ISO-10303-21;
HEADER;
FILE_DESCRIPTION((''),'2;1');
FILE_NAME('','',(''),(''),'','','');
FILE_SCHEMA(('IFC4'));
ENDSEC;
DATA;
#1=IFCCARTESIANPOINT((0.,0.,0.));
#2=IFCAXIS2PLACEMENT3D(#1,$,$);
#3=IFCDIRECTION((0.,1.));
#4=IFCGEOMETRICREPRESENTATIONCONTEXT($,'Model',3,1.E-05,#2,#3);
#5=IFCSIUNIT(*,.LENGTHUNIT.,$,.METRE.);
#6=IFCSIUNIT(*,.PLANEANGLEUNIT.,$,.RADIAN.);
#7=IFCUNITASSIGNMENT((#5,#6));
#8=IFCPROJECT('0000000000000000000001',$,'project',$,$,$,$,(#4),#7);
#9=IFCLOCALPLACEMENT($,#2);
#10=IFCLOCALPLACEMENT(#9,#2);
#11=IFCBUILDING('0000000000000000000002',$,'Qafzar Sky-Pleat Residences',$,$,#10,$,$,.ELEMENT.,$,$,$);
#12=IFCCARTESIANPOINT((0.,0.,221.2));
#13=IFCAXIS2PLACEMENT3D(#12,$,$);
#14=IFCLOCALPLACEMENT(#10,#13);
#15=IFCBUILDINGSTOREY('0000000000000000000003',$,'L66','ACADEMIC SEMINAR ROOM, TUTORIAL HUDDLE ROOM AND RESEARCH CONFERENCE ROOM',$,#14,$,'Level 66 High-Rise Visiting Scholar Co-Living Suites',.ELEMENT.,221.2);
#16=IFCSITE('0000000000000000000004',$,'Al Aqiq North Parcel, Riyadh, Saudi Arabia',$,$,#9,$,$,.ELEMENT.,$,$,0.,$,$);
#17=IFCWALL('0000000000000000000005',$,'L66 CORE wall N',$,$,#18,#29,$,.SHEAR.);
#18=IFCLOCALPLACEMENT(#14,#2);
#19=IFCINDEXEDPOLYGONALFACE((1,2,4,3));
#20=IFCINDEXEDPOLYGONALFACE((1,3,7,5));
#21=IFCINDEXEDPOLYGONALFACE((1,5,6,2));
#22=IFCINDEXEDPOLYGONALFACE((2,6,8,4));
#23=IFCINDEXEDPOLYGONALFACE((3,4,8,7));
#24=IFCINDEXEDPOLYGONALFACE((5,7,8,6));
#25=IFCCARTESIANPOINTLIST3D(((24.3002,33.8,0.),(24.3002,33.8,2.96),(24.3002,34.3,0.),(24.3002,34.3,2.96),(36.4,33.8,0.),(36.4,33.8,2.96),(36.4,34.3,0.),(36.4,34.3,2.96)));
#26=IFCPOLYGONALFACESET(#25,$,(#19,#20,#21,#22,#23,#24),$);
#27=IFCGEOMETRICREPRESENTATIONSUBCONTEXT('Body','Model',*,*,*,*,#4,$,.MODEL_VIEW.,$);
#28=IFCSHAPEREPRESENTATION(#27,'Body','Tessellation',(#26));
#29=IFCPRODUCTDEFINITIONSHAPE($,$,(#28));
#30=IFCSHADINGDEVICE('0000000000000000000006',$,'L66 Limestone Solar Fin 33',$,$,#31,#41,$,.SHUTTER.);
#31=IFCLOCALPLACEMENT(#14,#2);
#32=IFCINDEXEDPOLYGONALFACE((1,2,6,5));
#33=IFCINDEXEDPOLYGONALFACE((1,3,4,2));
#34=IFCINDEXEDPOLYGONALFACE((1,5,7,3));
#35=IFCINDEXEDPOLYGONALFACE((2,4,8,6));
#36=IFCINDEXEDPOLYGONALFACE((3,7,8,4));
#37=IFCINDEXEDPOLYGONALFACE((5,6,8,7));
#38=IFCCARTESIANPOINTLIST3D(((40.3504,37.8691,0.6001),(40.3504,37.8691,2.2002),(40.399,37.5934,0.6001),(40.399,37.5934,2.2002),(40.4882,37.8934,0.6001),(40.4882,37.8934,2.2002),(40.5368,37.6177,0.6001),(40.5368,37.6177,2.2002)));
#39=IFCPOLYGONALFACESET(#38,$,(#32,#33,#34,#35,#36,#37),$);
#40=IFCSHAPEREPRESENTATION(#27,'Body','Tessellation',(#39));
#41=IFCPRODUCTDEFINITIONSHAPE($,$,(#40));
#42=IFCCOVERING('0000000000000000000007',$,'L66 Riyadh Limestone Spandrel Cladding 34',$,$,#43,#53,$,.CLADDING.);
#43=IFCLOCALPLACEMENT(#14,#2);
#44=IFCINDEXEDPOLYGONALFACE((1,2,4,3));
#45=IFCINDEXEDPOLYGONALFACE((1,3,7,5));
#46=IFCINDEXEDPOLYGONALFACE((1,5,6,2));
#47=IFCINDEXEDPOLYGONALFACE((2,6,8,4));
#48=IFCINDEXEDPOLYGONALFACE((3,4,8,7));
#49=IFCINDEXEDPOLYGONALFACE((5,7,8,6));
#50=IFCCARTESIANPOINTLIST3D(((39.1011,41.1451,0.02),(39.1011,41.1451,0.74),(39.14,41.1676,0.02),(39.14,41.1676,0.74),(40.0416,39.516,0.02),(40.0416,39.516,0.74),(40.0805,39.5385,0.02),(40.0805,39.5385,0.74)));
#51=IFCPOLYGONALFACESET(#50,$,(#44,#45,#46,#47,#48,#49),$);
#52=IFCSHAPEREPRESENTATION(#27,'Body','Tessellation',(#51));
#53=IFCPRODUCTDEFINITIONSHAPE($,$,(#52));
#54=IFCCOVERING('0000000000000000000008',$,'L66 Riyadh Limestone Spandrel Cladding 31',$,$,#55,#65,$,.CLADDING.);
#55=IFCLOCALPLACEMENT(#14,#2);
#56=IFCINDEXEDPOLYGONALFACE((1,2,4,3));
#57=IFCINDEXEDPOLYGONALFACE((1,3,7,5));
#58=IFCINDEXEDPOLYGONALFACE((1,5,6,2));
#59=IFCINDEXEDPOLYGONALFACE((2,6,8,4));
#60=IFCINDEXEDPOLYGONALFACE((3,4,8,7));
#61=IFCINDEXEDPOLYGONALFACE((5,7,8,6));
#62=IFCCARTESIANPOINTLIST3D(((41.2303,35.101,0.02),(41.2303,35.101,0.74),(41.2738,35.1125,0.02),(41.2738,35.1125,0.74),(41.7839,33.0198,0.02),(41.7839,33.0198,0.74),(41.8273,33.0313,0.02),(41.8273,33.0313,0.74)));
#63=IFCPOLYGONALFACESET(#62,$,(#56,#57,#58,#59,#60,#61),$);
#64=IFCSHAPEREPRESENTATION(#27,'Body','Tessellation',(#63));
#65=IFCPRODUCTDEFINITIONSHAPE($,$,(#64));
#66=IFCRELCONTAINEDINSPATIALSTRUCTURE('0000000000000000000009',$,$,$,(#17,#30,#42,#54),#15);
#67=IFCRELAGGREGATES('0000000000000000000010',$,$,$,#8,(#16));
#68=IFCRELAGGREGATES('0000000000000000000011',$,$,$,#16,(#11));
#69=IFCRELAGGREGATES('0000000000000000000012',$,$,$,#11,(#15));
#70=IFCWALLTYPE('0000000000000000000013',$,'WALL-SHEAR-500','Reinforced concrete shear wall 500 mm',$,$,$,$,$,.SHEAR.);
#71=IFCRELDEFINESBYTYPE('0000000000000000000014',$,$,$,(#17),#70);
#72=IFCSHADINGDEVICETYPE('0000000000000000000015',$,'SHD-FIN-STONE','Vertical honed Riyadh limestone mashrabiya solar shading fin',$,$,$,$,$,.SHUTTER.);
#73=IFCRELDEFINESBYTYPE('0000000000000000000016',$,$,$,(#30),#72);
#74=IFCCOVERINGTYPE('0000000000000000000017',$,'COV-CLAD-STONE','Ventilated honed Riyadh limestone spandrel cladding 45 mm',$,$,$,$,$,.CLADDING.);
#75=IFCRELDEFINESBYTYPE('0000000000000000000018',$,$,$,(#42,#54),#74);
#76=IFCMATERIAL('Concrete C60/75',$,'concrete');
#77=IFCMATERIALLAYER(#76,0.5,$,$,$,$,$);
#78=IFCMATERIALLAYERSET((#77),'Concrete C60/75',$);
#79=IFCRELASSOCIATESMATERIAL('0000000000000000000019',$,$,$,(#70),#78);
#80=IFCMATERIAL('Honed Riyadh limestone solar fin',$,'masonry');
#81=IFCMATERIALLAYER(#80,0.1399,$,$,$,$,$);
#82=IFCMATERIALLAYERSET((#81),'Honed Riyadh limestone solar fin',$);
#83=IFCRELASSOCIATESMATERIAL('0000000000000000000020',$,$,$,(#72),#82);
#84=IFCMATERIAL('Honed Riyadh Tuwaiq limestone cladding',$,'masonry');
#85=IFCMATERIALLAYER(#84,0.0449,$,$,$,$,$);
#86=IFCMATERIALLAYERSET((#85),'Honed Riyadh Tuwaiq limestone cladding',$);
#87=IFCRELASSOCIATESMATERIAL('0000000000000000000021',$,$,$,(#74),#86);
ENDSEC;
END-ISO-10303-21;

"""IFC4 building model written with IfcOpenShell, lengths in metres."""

from ifc_helpers import new_model, si_unit, direction, frame, frame_2d, origin, origin_2d, place, context, subcontext, project, spatial, rectangle, extrude, source, transform, mapped, material, layer, layer_set, type_object, element, save


model = new_model("IFC4")

# Units and contexts
model_context = context("Model", 3, precision=1e-05, world=origin(), true_north=direction((0.0, 1.0)))
body_context = subcontext(model_context, "Body", "Model", "MODEL_VIEW")
ifc_project = project(units=[si_unit("LENGTHUNIT", "METRE"), si_unit("PLANEANGLEUNIT", "RADIAN")], contexts=[model_context])

# Site, building, storey
site_placement = place(None, origin())
site = spatial("IfcSite", under=ifc_project, at=site_placement, Name="Al Aqiq North Parcel, Riyadh, Saudi Arabia", CompositionType="ELEMENT", RefElevation=0.0)
building_placement = place(site_placement, origin())
building = spatial("IfcBuilding", under=site, at=building_placement, Name="Qafzar Sky-Pleat Residences", CompositionType="ELEMENT")
storey_placement = place(building_placement, frame((0.0, 0.0, 221.2)))
storey = spatial("IfcBuildingStorey", under=building, at=storey_placement, Name="L66", Description="ACADEMIC SEMINAR ROOM, TUTORIAL HUDDLE ROOM AND RESEARCH CONFERENCE ROOM", LongName="Level 66 High-Rise Visiting Scholar Co-Living Suites", CompositionType="ELEMENT", Elevation=221.2)

# Wall
ifc_material_1 = material(Name="Concrete C60/75", Category="concrete")
ifc_layer_1 = layer(ifc_material_1, 0.5)
ifc_layer_set_1 = layer_set([ifc_layer_1], Name="Concrete C60/75")
wall_type_1 = type_object("IfcWallType", Name="WALL-SHEAR-500", Description="Reinforced concrete shear wall 500 mm", PredefinedType="SHEAR", material=ifc_layer_set_1)
wall_1_placement = place(storey_placement, frame((36.3999, 34.05, 0.0), z_axis=(0.0, 0.0, 1.0), x_axis=(-1.0, 0.0, 0.0)))
element("IfcWall", 1, at=wall_1_placement, inside=storey, type_object=wall_type_1, Name="L66 CORE wall N", PredefinedType="SHEAR", context=body_context, shape_type="SweptSolid", body=[
    extrude(rectangle(XDim=12.0999, YDim=0.5, at=frame_2d((6.0498, 0.0))), origin(), (0.0, 0.0, 1.0), 2.96),
])

# Shading device
ifc_material_2 = material(Name="Honed Riyadh limestone solar fin", Category="masonry")
ifc_layer_2 = layer(ifc_material_2, 0.1399)
ifc_layer_set_2 = layer_set([ifc_layer_2], Name="Honed Riyadh limestone solar fin")
shading_device_type = type_object("IfcShadingDeviceType", Name="SHD-FIN-STONE", Description="Vertical honed Riyadh limestone mashrabiya solar shading fin", PredefinedType="SHUTTER", material=ifc_layer_set_2)
shared_shape_1 = source(origin(), body_context, "Body", "SweptSolid", [
    extrude(rectangle(XDim=0.1399, YDim=0.28, at=origin_2d()), origin(), (0.0, 0.0, 1.0), 1.6001),
])
shading_device_placement = place(storey_placement, frame((40.4436, 37.7434, 0.6001), z_axis=(0.0, 0.0, 1.0), x_axis=(0.984808, 0.173649, 0.0)))
element("IfcShadingDevice", 2, at=shading_device_placement, inside=storey, type_object=shading_device_type, Name="L66 Limestone Solar Fin 33", PredefinedType="SHUTTER", context=body_context, shape_type="MappedRepresentation", body=[
    mapped(shared_shape_1, transform((0.0, 0.0, 0.0), x_axis=(1.0, 0.0, 0.0), y_axis=(0.0, 1.0, 0.0), z_axis=(0.0, 0.0, 1.0), scale=1.0)),
])

# Coverings
ifc_material_3 = material(Name="Honed Riyadh Tuwaiq limestone cladding", Category="masonry")
ifc_layer_3 = layer(ifc_material_3, 0.0449)
ifc_layer_set_3 = layer_set([ifc_layer_3], Name="Honed Riyadh Tuwaiq limestone cladding")
covering_type = type_object("IfcCoveringType", Name="COV-CLAD-STONE", Description="Ventilated honed Riyadh limestone spandrel cladding 45 mm", PredefinedType="CLADDING", material=ifc_layer_set_3)
shared_shape_2 = source(origin(), body_context, "Body", "SweptSolid", [
    extrude(rectangle(XDim=1.8811, YDim=0.0449, at=origin_2d()), origin(), (0.0, 0.0, 1.0), 0.72),
])
covering_1_placement = place(storey_placement, frame((39.5908, 40.3418, 0.02), z_axis=(0.0, 0.0, 1.0), x_axis=(-0.499993, 0.866029, 0.0)))
element("IfcCovering", 3, at=covering_1_placement, inside=storey, type_object=covering_type, Name="L66 Riyadh Limestone Spandrel Cladding 34", PredefinedType="CLADDING", context=body_context, shape_type="MappedRepresentation", body=[
    mapped(shared_shape_2, transform((0.0, 0.0, 0.0), x_axis=(1.0, 0.0, 0.0), y_axis=(0.0, 1.0, 0.0), z_axis=(0.0, 0.0, 1.0), scale=1.0)),
])
shared_shape_3 = source(origin(), body_context, "Body", "SweptSolid", [
    extrude(rectangle(XDim=2.1536, YDim=0.0449, at=origin_2d()), origin(), (0.0, 0.0, 1.0), 0.72),
])
covering_2_placement = place(storey_placement, frame((41.5288, 34.0662, 0.02), z_axis=(0.0, 0.0, 1.0), x_axis=(-0.257023, 0.966405, 0.0)))
element("IfcCovering", 4, at=covering_2_placement, inside=storey, type_object=covering_type, Name="L66 Riyadh Limestone Spandrel Cladding 31", PredefinedType="CLADDING", context=body_context, shape_type="MappedRepresentation", body=[
    mapped(shared_shape_3, transform((0.0, 0.0, 0.0), x_axis=(1.0, 0.0, 0.0), y_axis=(0.0, 1.0, 0.0), z_axis=(0.0, 0.0, 1.0), scale=1.0)),
])

save(model, "model.ifc")
